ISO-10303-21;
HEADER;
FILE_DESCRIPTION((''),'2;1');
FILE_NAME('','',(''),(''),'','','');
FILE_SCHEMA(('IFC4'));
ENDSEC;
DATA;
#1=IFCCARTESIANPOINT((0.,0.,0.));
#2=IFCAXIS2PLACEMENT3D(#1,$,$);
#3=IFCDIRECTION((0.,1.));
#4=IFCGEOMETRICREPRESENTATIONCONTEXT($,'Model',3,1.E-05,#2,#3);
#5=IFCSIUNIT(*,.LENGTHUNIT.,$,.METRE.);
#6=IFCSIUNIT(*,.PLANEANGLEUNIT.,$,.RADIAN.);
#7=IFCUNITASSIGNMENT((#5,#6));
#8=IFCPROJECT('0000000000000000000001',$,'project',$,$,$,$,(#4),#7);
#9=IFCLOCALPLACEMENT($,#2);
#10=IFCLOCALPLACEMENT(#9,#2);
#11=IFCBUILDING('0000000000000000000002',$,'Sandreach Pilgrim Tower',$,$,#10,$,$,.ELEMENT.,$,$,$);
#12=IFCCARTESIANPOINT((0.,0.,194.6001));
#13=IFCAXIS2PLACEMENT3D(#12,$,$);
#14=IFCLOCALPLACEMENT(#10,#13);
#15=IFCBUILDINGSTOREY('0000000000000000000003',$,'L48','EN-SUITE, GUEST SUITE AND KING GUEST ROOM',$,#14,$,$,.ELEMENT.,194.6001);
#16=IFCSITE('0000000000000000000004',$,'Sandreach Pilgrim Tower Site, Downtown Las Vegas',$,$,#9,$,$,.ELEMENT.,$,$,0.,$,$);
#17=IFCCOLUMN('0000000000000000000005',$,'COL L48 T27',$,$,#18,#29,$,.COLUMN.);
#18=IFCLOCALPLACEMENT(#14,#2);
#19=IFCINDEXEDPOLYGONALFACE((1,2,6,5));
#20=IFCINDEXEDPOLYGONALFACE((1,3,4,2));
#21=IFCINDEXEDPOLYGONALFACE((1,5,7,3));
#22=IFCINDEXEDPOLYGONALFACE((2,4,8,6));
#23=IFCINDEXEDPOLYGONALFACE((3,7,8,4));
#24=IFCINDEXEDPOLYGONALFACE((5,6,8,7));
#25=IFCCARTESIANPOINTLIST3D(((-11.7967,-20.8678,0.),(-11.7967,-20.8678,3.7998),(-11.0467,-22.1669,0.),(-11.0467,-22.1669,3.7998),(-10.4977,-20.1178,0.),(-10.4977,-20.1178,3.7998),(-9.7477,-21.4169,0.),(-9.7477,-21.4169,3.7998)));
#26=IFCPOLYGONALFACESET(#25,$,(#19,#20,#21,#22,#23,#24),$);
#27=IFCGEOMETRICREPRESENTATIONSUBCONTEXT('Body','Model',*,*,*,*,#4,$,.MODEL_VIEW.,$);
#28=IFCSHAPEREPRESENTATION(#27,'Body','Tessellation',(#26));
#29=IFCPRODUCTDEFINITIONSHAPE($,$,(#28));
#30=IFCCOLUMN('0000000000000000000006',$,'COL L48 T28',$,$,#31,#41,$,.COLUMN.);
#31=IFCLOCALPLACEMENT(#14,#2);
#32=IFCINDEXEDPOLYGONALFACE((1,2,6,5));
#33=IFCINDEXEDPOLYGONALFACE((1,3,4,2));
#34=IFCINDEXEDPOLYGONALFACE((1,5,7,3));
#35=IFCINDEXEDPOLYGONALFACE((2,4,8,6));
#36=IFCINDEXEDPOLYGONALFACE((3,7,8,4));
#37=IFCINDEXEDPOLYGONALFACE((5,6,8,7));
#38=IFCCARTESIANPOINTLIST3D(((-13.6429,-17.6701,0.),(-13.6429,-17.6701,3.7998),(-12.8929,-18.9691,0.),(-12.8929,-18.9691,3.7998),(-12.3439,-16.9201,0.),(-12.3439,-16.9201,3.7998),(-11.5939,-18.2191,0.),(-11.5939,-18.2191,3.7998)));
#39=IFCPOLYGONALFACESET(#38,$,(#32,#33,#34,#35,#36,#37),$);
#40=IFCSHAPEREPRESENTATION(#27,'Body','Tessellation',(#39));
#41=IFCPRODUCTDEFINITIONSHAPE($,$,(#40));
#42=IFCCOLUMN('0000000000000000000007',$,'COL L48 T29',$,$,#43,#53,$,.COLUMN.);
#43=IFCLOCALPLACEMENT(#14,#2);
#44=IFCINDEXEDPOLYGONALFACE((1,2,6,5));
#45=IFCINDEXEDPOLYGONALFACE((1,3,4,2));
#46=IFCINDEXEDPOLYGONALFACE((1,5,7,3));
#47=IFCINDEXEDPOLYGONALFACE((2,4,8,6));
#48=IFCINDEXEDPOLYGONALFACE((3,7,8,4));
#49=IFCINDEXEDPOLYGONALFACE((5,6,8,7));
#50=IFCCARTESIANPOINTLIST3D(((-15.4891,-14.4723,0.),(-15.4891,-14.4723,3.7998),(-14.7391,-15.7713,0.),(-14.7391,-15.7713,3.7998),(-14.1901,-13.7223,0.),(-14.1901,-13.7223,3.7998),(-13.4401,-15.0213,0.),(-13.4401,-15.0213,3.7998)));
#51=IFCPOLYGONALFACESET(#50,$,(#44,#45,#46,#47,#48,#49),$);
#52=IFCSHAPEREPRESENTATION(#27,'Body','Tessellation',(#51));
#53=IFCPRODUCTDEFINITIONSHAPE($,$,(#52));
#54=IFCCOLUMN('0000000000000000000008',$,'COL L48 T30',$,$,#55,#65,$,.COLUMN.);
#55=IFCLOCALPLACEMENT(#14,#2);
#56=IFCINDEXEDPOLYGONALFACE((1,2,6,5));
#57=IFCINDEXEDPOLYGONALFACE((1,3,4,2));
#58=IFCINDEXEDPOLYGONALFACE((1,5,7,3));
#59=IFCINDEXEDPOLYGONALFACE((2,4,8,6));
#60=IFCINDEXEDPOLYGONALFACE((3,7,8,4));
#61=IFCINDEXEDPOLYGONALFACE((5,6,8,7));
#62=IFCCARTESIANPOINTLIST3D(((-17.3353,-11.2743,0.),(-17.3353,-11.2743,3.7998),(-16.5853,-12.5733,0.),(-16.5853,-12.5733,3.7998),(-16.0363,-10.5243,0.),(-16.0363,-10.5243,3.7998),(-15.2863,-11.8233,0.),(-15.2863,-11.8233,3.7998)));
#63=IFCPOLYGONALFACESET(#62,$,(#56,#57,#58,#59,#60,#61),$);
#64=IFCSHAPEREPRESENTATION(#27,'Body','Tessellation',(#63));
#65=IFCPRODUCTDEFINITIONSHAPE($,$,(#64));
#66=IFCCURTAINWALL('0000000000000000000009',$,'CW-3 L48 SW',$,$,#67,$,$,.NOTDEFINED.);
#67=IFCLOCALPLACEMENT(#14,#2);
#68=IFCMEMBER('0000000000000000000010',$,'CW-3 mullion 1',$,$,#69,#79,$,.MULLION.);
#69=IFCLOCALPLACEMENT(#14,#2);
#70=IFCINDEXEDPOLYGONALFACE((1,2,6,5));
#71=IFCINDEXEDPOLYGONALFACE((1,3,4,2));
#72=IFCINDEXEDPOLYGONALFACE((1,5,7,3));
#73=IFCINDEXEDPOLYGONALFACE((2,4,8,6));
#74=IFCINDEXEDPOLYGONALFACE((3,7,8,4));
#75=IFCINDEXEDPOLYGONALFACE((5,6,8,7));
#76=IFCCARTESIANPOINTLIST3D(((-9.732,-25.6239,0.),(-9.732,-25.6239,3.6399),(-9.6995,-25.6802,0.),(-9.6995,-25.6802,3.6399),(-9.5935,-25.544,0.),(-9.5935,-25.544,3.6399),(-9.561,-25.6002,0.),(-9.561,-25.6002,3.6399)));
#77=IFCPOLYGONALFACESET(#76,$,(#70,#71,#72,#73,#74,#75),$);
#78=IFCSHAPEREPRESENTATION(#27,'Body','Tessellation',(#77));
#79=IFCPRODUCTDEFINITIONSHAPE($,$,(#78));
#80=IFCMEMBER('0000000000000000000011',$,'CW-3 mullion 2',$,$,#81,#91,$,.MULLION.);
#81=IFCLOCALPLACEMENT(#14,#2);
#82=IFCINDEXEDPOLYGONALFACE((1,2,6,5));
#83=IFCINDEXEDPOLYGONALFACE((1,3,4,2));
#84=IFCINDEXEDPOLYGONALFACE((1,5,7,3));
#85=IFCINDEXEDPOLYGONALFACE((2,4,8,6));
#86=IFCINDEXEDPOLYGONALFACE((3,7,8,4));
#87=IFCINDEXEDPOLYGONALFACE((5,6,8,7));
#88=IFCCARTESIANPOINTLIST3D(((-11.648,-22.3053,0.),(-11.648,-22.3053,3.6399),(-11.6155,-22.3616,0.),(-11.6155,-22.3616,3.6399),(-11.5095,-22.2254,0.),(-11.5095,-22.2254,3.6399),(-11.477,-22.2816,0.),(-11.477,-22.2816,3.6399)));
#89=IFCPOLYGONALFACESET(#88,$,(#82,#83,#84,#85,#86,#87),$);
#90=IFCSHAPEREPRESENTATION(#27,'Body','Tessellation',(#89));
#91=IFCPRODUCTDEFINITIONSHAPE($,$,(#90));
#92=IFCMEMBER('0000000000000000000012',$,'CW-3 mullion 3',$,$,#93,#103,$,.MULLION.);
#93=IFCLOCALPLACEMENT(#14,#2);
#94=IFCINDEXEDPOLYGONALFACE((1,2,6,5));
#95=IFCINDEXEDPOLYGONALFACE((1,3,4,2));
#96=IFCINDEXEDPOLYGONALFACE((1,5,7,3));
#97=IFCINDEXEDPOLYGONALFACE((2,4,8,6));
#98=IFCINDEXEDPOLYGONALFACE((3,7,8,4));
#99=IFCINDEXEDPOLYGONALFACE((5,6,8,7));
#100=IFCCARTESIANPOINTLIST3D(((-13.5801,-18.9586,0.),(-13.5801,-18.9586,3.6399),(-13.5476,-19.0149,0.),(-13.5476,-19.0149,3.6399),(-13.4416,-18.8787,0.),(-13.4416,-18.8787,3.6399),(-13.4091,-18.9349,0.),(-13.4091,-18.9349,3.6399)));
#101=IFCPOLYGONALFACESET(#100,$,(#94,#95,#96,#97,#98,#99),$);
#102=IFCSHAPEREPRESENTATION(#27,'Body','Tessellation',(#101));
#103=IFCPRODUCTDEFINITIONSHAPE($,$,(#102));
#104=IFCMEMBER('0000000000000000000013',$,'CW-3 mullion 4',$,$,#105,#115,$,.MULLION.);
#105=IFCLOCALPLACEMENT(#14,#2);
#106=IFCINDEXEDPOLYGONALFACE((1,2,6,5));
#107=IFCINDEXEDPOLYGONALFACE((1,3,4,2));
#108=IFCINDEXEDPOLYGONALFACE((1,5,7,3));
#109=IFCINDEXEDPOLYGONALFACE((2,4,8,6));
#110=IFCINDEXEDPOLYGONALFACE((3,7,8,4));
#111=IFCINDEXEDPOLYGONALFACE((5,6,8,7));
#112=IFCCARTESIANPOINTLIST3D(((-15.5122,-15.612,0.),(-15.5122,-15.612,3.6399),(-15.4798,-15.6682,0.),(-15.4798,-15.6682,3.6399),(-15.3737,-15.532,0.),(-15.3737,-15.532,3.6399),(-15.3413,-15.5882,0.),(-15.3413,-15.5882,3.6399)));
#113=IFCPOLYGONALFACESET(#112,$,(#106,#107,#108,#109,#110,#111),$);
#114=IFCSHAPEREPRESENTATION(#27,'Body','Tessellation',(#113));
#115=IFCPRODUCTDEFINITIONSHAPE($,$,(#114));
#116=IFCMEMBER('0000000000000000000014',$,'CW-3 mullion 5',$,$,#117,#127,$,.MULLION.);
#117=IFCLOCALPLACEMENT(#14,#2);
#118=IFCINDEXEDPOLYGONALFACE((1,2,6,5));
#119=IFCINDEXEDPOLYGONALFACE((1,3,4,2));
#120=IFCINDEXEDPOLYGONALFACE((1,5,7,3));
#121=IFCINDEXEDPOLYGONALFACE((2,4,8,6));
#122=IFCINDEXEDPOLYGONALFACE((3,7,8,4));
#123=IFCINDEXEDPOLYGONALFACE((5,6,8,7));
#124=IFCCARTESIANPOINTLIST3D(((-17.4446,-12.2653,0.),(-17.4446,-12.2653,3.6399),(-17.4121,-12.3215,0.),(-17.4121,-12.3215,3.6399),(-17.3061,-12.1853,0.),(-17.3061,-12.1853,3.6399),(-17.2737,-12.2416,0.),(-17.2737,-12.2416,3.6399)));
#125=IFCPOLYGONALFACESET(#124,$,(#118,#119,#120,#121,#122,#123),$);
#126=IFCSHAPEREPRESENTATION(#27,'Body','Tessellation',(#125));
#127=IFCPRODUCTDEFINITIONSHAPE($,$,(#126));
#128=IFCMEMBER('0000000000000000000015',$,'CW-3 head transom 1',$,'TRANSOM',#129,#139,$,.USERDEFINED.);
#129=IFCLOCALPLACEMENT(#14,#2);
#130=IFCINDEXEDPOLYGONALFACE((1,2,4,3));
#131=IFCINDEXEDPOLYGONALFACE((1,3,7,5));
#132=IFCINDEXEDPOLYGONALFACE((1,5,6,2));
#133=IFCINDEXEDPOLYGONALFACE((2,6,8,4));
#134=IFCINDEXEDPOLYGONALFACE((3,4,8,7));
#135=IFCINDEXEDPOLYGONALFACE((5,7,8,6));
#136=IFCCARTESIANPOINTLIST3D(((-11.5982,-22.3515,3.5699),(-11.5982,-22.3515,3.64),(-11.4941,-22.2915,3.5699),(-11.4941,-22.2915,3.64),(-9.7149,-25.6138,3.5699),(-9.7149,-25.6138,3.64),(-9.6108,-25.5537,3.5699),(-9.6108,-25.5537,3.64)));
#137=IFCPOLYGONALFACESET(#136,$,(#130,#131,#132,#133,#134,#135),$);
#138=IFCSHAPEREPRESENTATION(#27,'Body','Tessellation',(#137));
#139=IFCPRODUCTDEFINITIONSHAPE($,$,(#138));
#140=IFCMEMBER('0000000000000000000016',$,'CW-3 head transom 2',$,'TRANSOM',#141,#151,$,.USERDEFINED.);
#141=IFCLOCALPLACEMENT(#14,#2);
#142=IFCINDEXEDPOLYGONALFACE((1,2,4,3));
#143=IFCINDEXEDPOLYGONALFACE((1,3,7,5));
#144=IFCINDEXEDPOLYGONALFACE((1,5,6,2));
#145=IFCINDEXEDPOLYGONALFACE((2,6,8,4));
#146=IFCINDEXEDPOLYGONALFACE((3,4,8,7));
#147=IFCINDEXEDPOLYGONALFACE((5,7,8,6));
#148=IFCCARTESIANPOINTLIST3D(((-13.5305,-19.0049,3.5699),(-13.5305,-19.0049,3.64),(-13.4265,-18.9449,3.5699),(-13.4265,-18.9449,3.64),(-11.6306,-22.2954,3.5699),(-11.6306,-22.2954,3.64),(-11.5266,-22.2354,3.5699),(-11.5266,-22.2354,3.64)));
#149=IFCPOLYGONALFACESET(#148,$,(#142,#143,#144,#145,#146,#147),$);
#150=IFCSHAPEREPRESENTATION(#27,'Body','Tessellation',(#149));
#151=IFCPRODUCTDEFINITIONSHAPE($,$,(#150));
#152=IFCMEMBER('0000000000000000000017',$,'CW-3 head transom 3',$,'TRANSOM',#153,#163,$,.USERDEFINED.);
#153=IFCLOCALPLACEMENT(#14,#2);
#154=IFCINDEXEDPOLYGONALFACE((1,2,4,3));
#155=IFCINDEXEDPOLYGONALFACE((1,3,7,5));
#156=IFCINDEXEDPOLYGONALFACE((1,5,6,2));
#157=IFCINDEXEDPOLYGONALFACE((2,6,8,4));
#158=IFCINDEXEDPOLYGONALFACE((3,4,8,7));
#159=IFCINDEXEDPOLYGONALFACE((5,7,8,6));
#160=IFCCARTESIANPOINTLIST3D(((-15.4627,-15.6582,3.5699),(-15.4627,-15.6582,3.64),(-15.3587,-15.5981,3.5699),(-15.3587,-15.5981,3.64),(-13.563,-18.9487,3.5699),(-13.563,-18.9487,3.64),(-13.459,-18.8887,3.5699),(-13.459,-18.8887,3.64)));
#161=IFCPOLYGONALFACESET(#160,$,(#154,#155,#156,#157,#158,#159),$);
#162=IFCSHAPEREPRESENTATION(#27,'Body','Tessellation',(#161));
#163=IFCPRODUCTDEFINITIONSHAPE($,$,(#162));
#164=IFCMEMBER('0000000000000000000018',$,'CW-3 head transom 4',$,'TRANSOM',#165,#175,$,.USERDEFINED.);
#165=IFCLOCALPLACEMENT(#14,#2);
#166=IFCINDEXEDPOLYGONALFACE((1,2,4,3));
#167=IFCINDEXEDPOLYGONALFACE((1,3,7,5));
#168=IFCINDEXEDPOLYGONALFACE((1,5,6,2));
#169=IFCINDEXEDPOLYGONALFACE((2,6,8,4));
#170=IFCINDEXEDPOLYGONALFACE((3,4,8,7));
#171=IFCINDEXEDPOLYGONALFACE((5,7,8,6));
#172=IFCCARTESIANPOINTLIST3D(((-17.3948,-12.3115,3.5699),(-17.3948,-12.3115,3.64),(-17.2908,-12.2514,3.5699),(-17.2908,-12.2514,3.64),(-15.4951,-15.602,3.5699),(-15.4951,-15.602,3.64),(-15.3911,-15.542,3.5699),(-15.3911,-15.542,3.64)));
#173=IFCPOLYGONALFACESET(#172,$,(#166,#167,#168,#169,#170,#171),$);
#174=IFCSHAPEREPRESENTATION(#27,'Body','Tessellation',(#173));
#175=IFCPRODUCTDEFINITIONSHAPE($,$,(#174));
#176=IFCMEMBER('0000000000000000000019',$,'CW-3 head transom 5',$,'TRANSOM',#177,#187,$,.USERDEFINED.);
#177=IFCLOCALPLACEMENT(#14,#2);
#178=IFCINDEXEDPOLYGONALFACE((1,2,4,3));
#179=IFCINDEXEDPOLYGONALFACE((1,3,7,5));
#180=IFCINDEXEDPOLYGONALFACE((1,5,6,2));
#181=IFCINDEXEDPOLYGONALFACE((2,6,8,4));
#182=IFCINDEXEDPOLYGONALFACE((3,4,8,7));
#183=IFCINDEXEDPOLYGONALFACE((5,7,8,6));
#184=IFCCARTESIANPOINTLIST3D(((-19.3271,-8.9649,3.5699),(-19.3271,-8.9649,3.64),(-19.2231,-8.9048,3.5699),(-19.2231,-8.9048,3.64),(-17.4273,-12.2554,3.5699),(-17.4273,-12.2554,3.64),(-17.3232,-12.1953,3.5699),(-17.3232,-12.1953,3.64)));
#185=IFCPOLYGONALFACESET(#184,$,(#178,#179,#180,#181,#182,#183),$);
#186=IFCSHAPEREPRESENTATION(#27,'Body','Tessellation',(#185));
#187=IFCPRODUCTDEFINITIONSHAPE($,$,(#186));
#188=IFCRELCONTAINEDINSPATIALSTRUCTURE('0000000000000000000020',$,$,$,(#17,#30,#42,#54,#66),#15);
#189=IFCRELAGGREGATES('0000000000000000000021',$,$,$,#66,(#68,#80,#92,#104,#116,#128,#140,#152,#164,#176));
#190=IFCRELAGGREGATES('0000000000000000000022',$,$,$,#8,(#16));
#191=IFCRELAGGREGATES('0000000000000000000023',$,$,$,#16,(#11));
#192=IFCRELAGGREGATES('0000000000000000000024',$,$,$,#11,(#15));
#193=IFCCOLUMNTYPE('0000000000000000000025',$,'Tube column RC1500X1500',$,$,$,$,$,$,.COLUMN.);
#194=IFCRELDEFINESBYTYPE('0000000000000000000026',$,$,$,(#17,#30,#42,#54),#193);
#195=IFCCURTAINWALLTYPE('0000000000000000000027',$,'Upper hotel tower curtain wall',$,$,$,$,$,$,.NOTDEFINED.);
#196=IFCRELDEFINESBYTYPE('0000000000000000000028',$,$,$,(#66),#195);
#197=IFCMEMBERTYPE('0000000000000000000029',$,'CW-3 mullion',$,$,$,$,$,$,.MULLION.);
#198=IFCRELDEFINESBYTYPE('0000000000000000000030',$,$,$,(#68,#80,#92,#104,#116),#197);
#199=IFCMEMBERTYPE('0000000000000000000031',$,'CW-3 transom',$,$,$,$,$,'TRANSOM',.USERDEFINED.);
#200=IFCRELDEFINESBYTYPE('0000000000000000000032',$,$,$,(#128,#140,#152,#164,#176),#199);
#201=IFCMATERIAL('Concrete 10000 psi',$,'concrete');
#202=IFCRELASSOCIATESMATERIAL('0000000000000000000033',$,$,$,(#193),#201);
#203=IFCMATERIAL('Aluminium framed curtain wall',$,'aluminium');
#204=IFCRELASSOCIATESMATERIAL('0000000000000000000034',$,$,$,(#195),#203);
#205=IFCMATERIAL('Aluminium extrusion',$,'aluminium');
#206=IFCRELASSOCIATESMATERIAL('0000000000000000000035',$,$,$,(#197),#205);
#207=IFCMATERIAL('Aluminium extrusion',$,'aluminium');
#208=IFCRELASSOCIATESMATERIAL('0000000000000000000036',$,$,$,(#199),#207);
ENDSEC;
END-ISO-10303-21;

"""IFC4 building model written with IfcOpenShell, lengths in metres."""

from ifc_helpers import new_model, si_unit, direction, frame, origin, origin_2d, place, context, subcontext, project, spatial, rectangle, extrude, material, material_profile, profile_set, type_object, element, aggregate, save


model = new_model("IFC4")

# Units and contexts
model_context = context("Model", 3, precision=1e-05, world=origin(), true_north=direction((0.0, 1.0)))
body_context = subcontext(model_context, "Body", "Model", "MODEL_VIEW")
ifc_project = project(units=[si_unit("LENGTHUNIT", "METRE"), si_unit("PLANEANGLEUNIT", "RADIAN")], contexts=[model_context])

# Site, building, storey
site_placement = place(None, origin())
site = spatial("IfcSite", under=ifc_project, at=site_placement, Name="Sandreach Pilgrim Tower Site, Downtown Las Vegas", CompositionType="ELEMENT", RefElevation=0.0)
building_placement = place(site_placement, origin())
building = spatial("IfcBuilding", under=site, at=building_placement, Name="Sandreach Pilgrim Tower", CompositionType="ELEMENT")
storey_placement = place(building_placement, frame((0.0, 0.0, 194.6001)))
storey = spatial("IfcBuildingStorey", under=building, at=storey_placement, Name="L48", Description="EN-SUITE, GUEST SUITE AND KING GUEST ROOM", CompositionType="ELEMENT", Elevation=194.6001)

# Columns
ifc_material_1 = material(Name="Concrete 10000 psi", Category="concrete")
ifc_material_profile_1 = material_profile(ifc_material_1, rectangle(XDim=1.5, YDim=1.5, at=origin_2d()), Name="RC1500X1500")
ifc_profile_set_1 = profile_set([ifc_material_profile_1], Name="Concrete 10000 psi")
column_type = type_object("IfcColumnType", Name="Tube column RC1500X1500", PredefinedType="COLUMN", material=ifc_profile_set_1)
for number, where, z_axis, x_axis, name in (
    (1, (-10.7722, -21.1423, 0.0), (0.0, 0.0, 1.0), (-0.866025, -0.5, 0.0), "COL L48 T27"),
    (2, (-12.6184, -17.9446, 0.0), (0.0, 0.0, 1.0), (-0.866025, -0.5, 0.0), "COL L48 T28"),
    (3, (-14.4646, -14.7468, 0.0), (0.0, 0.0, 1.0), (-0.866025, -0.5, 0.0), "COL L48 T29"),
    (4, (-16.3108, -11.5488, 0.0), (0.0, 0.0, 1.0), (-0.866025, -0.5, 0.0), "COL L48 T30"),
):
    element("IfcColumn", number, at=place(storey_placement, frame(where, z_axis=z_axis, x_axis=x_axis)), inside=storey, type_object=column_type, Name=name, PredefinedType="COLUMN", context=body_context, shape_type="SweptSolid", body=[
        extrude(rectangle(XDim=1.5, YDim=1.5, at=origin_2d()), origin(), (0.0, 0.0, 1.0), 3.7998),
    ])

# Curtain wall, members
ifc_material_2 = material(Name="Aluminium framed curtain wall", Category="aluminium")
curtain_wall_type = type_object("IfcCurtainWallType", Name="Upper hotel tower curtain wall", PredefinedType="NOTDEFINED", material=ifc_material_2)
curtain_wall_placement = place(storey_placement, origin())
curtain_wall = element("IfcCurtainWall", 5, at=curtain_wall_placement, inside=storey, type_object=curtain_wall_type, Name="CW-3 L48 SW", PredefinedType="NOTDEFINED")
ifc_material_3 = material(Name="Aluminium extrusion", Category="aluminium")
ifc_material_profile_2 = material_profile(ifc_material_3, rectangle(XDim=0.0649, YDim=0.1599, at=origin_2d()), Name="CW-3M 65X160")
ifc_profile_set_2 = profile_set([ifc_material_profile_2], Name="Aluminium extrusion")
member_type_1 = type_object("IfcMemberType", Name="CW-3 mullion", PredefinedType="MULLION", material=ifc_profile_set_2)
member_1_placement = place(storey_placement, frame((-9.6465, -25.6121, 0.0), z_axis=(0.0, 0.0, 1.0), x_axis=(-0.5, 0.866025, 0.0)))
member_1 = element("IfcMember", 6, at=member_1_placement, type_object=member_type_1, Name="CW-3 mullion 1", PredefinedType="MULLION", context=body_context, shape_type="SweptSolid", body=[
    extrude(rectangle(XDim=0.0649, YDim=0.1599, at=origin_2d()), origin(), (0.0, 0.0, 1.0), 3.6399),
])
member_2_placement = place(storey_placement, frame((-11.5625, -22.2935, 0.0), z_axis=(0.0, 0.0, 1.0), x_axis=(-0.5, 0.866025, 0.0)))
member_2 = element("IfcMember", 7, at=member_2_placement, type_object=member_type_1, Name="CW-3 mullion 2", PredefinedType="MULLION", context=body_context, shape_type="SweptSolid", body=[
    extrude(rectangle(XDim=0.0649, YDim=0.1599, at=origin_2d()), origin(), (0.0, 0.0, 1.0), 3.6399),
])
member_3_placement = place(storey_placement, frame((-13.4946, -18.9468, 0.0), z_axis=(0.0, 0.0, 1.0), x_axis=(-0.5, 0.866025, 0.0)))
member_3 = element("IfcMember", 8, at=member_3_placement, type_object=member_type_1, Name="CW-3 mullion 3", PredefinedType="MULLION", context=body_context, shape_type="SweptSolid", body=[
    extrude(rectangle(XDim=0.0649, YDim=0.1599, at=origin_2d()), origin(), (0.0, 0.0, 1.0), 3.6399),
])
member_4_placement = place(storey_placement, frame((-15.4268, -15.6001, 0.0), z_axis=(0.0, 0.0, 1.0), x_axis=(-0.5, 0.866025, 0.0)))
member_4 = element("IfcMember", 9, at=member_4_placement, type_object=member_type_1, Name="CW-3 mullion 4", PredefinedType="MULLION", context=body_context, shape_type="SweptSolid", body=[
    extrude(rectangle(XDim=0.0649, YDim=0.1599, at=origin_2d()), origin(), (0.0, 0.0, 1.0), 3.6399),
])
member_5_placement = place(storey_placement, frame((-17.3591, -12.2534, 0.0), z_axis=(0.0, 0.0, 1.0), x_axis=(-0.5, 0.866025, 0.0)))
member_5 = element("IfcMember", 10, at=member_5_placement, type_object=member_type_1, Name="CW-3 mullion 5", PredefinedType="MULLION", context=body_context, shape_type="SweptSolid", body=[
    extrude(rectangle(XDim=0.0649, YDim=0.1599, at=origin_2d()), origin(), (0.0, 0.0, 1.0), 3.6399),
])
ifc_material_4 = material(Name="Aluminium extrusion", Category="aluminium")
ifc_material_profile_3 = material_profile(ifc_material_4, rectangle(XDim=0.1201, YDim=0.0701, at=origin_2d()), Name="CW-3T 120X70")
ifc_profile_set_3 = profile_set([ifc_material_profile_3], Name="Aluminium extrusion")
member_type_2 = type_object("IfcMemberType", Name="CW-3 transom", ElementType="TRANSOM", PredefinedType="USERDEFINED", material=ifc_profile_set_3)
member_6_placement = place(storey_placement, frame((-9.6628, -25.5837, 3.605), z_axis=(-0.499973, 0.866041, 0.0), x_axis=(-0.866041, -0.499973, 0.0)))
member_6 = element("IfcMember", 11, at=member_6_placement, type_object=member_type_2, Name="CW-3 head transom 1", ObjectType="TRANSOM", PredefinedType="USERDEFINED", context=body_context, shape_type="SweptSolid", body=[
    extrude(rectangle(XDim=0.1201, YDim=0.0701, at=origin_2d()), origin(), (0.0, 0.0, 1.0), 3.7668),
])
member_7_placement = place(storey_placement, frame((-11.5786, -22.2654, 3.605), z_axis=(-0.500023, 0.866012, 0.0), x_axis=(-0.866012, -0.500023, 0.0)))
member_7 = element("IfcMember", 12, at=member_7_placement, type_object=member_type_2, Name="CW-3 head transom 2", ObjectType="TRANSOM", PredefinedType="USERDEFINED", context=body_context, shape_type="SweptSolid", body=[
    extrude(rectangle(XDim=0.1201, YDim=0.0701, at=origin_2d()), origin(), (0.0, 0.0, 1.0), 3.7996),
])
member_8_placement = place(storey_placement, frame((-13.511, -18.9187, 3.605), z_axis=(-0.499975, 0.86604, 0.0), x_axis=(-0.86604, -0.499975, 0.0)))
member_8 = element("IfcMember", 13, at=member_8_placement, type_object=member_type_2, Name="CW-3 head transom 3", ObjectType="TRANSOM", PredefinedType="USERDEFINED", context=body_context, shape_type="SweptSolid", body=[
    extrude(rectangle(XDim=0.1201, YDim=0.0701, at=origin_2d()), origin(), (0.0, 0.0, 1.0), 3.7996),
])
member_9_placement = place(storey_placement, frame((-15.4431, -15.572, 3.605), z_axis=(-0.499975, 0.86604, 0.0), x_axis=(-0.86604, -0.499975, 0.0)))
member_9 = element("IfcMember", 14, at=member_9_placement, type_object=member_type_2, Name="CW-3 head transom 4", ObjectType="TRANSOM", PredefinedType="USERDEFINED", context=body_context, shape_type="SweptSolid", body=[
    extrude(rectangle(XDim=0.1201, YDim=0.0701, at=origin_2d()), origin(), (0.0, 0.0, 1.0), 3.7996),
])
member_10_placement = place(storey_placement, frame((-17.3752, -12.2253, 3.605), z_axis=(-0.500023, 0.866012, 0.0), x_axis=(-0.866012, -0.500023, 0.0)))
member_10 = element("IfcMember", 15, at=member_10_placement, type_object=member_type_2, Name="CW-3 head transom 5", ObjectType="TRANSOM", PredefinedType="USERDEFINED", context=body_context, shape_type="SweptSolid", body=[
    extrude(rectangle(XDim=0.1201, YDim=0.0701, at=origin_2d()), origin(), (0.0, 0.0, 1.0), 3.7996),
])

aggregate(curtain_wall, [member_1, member_2, member_3, member_4, member_5, member_6, member_7, member_8, member_9, member_10])

save(model, "model.ifc")
